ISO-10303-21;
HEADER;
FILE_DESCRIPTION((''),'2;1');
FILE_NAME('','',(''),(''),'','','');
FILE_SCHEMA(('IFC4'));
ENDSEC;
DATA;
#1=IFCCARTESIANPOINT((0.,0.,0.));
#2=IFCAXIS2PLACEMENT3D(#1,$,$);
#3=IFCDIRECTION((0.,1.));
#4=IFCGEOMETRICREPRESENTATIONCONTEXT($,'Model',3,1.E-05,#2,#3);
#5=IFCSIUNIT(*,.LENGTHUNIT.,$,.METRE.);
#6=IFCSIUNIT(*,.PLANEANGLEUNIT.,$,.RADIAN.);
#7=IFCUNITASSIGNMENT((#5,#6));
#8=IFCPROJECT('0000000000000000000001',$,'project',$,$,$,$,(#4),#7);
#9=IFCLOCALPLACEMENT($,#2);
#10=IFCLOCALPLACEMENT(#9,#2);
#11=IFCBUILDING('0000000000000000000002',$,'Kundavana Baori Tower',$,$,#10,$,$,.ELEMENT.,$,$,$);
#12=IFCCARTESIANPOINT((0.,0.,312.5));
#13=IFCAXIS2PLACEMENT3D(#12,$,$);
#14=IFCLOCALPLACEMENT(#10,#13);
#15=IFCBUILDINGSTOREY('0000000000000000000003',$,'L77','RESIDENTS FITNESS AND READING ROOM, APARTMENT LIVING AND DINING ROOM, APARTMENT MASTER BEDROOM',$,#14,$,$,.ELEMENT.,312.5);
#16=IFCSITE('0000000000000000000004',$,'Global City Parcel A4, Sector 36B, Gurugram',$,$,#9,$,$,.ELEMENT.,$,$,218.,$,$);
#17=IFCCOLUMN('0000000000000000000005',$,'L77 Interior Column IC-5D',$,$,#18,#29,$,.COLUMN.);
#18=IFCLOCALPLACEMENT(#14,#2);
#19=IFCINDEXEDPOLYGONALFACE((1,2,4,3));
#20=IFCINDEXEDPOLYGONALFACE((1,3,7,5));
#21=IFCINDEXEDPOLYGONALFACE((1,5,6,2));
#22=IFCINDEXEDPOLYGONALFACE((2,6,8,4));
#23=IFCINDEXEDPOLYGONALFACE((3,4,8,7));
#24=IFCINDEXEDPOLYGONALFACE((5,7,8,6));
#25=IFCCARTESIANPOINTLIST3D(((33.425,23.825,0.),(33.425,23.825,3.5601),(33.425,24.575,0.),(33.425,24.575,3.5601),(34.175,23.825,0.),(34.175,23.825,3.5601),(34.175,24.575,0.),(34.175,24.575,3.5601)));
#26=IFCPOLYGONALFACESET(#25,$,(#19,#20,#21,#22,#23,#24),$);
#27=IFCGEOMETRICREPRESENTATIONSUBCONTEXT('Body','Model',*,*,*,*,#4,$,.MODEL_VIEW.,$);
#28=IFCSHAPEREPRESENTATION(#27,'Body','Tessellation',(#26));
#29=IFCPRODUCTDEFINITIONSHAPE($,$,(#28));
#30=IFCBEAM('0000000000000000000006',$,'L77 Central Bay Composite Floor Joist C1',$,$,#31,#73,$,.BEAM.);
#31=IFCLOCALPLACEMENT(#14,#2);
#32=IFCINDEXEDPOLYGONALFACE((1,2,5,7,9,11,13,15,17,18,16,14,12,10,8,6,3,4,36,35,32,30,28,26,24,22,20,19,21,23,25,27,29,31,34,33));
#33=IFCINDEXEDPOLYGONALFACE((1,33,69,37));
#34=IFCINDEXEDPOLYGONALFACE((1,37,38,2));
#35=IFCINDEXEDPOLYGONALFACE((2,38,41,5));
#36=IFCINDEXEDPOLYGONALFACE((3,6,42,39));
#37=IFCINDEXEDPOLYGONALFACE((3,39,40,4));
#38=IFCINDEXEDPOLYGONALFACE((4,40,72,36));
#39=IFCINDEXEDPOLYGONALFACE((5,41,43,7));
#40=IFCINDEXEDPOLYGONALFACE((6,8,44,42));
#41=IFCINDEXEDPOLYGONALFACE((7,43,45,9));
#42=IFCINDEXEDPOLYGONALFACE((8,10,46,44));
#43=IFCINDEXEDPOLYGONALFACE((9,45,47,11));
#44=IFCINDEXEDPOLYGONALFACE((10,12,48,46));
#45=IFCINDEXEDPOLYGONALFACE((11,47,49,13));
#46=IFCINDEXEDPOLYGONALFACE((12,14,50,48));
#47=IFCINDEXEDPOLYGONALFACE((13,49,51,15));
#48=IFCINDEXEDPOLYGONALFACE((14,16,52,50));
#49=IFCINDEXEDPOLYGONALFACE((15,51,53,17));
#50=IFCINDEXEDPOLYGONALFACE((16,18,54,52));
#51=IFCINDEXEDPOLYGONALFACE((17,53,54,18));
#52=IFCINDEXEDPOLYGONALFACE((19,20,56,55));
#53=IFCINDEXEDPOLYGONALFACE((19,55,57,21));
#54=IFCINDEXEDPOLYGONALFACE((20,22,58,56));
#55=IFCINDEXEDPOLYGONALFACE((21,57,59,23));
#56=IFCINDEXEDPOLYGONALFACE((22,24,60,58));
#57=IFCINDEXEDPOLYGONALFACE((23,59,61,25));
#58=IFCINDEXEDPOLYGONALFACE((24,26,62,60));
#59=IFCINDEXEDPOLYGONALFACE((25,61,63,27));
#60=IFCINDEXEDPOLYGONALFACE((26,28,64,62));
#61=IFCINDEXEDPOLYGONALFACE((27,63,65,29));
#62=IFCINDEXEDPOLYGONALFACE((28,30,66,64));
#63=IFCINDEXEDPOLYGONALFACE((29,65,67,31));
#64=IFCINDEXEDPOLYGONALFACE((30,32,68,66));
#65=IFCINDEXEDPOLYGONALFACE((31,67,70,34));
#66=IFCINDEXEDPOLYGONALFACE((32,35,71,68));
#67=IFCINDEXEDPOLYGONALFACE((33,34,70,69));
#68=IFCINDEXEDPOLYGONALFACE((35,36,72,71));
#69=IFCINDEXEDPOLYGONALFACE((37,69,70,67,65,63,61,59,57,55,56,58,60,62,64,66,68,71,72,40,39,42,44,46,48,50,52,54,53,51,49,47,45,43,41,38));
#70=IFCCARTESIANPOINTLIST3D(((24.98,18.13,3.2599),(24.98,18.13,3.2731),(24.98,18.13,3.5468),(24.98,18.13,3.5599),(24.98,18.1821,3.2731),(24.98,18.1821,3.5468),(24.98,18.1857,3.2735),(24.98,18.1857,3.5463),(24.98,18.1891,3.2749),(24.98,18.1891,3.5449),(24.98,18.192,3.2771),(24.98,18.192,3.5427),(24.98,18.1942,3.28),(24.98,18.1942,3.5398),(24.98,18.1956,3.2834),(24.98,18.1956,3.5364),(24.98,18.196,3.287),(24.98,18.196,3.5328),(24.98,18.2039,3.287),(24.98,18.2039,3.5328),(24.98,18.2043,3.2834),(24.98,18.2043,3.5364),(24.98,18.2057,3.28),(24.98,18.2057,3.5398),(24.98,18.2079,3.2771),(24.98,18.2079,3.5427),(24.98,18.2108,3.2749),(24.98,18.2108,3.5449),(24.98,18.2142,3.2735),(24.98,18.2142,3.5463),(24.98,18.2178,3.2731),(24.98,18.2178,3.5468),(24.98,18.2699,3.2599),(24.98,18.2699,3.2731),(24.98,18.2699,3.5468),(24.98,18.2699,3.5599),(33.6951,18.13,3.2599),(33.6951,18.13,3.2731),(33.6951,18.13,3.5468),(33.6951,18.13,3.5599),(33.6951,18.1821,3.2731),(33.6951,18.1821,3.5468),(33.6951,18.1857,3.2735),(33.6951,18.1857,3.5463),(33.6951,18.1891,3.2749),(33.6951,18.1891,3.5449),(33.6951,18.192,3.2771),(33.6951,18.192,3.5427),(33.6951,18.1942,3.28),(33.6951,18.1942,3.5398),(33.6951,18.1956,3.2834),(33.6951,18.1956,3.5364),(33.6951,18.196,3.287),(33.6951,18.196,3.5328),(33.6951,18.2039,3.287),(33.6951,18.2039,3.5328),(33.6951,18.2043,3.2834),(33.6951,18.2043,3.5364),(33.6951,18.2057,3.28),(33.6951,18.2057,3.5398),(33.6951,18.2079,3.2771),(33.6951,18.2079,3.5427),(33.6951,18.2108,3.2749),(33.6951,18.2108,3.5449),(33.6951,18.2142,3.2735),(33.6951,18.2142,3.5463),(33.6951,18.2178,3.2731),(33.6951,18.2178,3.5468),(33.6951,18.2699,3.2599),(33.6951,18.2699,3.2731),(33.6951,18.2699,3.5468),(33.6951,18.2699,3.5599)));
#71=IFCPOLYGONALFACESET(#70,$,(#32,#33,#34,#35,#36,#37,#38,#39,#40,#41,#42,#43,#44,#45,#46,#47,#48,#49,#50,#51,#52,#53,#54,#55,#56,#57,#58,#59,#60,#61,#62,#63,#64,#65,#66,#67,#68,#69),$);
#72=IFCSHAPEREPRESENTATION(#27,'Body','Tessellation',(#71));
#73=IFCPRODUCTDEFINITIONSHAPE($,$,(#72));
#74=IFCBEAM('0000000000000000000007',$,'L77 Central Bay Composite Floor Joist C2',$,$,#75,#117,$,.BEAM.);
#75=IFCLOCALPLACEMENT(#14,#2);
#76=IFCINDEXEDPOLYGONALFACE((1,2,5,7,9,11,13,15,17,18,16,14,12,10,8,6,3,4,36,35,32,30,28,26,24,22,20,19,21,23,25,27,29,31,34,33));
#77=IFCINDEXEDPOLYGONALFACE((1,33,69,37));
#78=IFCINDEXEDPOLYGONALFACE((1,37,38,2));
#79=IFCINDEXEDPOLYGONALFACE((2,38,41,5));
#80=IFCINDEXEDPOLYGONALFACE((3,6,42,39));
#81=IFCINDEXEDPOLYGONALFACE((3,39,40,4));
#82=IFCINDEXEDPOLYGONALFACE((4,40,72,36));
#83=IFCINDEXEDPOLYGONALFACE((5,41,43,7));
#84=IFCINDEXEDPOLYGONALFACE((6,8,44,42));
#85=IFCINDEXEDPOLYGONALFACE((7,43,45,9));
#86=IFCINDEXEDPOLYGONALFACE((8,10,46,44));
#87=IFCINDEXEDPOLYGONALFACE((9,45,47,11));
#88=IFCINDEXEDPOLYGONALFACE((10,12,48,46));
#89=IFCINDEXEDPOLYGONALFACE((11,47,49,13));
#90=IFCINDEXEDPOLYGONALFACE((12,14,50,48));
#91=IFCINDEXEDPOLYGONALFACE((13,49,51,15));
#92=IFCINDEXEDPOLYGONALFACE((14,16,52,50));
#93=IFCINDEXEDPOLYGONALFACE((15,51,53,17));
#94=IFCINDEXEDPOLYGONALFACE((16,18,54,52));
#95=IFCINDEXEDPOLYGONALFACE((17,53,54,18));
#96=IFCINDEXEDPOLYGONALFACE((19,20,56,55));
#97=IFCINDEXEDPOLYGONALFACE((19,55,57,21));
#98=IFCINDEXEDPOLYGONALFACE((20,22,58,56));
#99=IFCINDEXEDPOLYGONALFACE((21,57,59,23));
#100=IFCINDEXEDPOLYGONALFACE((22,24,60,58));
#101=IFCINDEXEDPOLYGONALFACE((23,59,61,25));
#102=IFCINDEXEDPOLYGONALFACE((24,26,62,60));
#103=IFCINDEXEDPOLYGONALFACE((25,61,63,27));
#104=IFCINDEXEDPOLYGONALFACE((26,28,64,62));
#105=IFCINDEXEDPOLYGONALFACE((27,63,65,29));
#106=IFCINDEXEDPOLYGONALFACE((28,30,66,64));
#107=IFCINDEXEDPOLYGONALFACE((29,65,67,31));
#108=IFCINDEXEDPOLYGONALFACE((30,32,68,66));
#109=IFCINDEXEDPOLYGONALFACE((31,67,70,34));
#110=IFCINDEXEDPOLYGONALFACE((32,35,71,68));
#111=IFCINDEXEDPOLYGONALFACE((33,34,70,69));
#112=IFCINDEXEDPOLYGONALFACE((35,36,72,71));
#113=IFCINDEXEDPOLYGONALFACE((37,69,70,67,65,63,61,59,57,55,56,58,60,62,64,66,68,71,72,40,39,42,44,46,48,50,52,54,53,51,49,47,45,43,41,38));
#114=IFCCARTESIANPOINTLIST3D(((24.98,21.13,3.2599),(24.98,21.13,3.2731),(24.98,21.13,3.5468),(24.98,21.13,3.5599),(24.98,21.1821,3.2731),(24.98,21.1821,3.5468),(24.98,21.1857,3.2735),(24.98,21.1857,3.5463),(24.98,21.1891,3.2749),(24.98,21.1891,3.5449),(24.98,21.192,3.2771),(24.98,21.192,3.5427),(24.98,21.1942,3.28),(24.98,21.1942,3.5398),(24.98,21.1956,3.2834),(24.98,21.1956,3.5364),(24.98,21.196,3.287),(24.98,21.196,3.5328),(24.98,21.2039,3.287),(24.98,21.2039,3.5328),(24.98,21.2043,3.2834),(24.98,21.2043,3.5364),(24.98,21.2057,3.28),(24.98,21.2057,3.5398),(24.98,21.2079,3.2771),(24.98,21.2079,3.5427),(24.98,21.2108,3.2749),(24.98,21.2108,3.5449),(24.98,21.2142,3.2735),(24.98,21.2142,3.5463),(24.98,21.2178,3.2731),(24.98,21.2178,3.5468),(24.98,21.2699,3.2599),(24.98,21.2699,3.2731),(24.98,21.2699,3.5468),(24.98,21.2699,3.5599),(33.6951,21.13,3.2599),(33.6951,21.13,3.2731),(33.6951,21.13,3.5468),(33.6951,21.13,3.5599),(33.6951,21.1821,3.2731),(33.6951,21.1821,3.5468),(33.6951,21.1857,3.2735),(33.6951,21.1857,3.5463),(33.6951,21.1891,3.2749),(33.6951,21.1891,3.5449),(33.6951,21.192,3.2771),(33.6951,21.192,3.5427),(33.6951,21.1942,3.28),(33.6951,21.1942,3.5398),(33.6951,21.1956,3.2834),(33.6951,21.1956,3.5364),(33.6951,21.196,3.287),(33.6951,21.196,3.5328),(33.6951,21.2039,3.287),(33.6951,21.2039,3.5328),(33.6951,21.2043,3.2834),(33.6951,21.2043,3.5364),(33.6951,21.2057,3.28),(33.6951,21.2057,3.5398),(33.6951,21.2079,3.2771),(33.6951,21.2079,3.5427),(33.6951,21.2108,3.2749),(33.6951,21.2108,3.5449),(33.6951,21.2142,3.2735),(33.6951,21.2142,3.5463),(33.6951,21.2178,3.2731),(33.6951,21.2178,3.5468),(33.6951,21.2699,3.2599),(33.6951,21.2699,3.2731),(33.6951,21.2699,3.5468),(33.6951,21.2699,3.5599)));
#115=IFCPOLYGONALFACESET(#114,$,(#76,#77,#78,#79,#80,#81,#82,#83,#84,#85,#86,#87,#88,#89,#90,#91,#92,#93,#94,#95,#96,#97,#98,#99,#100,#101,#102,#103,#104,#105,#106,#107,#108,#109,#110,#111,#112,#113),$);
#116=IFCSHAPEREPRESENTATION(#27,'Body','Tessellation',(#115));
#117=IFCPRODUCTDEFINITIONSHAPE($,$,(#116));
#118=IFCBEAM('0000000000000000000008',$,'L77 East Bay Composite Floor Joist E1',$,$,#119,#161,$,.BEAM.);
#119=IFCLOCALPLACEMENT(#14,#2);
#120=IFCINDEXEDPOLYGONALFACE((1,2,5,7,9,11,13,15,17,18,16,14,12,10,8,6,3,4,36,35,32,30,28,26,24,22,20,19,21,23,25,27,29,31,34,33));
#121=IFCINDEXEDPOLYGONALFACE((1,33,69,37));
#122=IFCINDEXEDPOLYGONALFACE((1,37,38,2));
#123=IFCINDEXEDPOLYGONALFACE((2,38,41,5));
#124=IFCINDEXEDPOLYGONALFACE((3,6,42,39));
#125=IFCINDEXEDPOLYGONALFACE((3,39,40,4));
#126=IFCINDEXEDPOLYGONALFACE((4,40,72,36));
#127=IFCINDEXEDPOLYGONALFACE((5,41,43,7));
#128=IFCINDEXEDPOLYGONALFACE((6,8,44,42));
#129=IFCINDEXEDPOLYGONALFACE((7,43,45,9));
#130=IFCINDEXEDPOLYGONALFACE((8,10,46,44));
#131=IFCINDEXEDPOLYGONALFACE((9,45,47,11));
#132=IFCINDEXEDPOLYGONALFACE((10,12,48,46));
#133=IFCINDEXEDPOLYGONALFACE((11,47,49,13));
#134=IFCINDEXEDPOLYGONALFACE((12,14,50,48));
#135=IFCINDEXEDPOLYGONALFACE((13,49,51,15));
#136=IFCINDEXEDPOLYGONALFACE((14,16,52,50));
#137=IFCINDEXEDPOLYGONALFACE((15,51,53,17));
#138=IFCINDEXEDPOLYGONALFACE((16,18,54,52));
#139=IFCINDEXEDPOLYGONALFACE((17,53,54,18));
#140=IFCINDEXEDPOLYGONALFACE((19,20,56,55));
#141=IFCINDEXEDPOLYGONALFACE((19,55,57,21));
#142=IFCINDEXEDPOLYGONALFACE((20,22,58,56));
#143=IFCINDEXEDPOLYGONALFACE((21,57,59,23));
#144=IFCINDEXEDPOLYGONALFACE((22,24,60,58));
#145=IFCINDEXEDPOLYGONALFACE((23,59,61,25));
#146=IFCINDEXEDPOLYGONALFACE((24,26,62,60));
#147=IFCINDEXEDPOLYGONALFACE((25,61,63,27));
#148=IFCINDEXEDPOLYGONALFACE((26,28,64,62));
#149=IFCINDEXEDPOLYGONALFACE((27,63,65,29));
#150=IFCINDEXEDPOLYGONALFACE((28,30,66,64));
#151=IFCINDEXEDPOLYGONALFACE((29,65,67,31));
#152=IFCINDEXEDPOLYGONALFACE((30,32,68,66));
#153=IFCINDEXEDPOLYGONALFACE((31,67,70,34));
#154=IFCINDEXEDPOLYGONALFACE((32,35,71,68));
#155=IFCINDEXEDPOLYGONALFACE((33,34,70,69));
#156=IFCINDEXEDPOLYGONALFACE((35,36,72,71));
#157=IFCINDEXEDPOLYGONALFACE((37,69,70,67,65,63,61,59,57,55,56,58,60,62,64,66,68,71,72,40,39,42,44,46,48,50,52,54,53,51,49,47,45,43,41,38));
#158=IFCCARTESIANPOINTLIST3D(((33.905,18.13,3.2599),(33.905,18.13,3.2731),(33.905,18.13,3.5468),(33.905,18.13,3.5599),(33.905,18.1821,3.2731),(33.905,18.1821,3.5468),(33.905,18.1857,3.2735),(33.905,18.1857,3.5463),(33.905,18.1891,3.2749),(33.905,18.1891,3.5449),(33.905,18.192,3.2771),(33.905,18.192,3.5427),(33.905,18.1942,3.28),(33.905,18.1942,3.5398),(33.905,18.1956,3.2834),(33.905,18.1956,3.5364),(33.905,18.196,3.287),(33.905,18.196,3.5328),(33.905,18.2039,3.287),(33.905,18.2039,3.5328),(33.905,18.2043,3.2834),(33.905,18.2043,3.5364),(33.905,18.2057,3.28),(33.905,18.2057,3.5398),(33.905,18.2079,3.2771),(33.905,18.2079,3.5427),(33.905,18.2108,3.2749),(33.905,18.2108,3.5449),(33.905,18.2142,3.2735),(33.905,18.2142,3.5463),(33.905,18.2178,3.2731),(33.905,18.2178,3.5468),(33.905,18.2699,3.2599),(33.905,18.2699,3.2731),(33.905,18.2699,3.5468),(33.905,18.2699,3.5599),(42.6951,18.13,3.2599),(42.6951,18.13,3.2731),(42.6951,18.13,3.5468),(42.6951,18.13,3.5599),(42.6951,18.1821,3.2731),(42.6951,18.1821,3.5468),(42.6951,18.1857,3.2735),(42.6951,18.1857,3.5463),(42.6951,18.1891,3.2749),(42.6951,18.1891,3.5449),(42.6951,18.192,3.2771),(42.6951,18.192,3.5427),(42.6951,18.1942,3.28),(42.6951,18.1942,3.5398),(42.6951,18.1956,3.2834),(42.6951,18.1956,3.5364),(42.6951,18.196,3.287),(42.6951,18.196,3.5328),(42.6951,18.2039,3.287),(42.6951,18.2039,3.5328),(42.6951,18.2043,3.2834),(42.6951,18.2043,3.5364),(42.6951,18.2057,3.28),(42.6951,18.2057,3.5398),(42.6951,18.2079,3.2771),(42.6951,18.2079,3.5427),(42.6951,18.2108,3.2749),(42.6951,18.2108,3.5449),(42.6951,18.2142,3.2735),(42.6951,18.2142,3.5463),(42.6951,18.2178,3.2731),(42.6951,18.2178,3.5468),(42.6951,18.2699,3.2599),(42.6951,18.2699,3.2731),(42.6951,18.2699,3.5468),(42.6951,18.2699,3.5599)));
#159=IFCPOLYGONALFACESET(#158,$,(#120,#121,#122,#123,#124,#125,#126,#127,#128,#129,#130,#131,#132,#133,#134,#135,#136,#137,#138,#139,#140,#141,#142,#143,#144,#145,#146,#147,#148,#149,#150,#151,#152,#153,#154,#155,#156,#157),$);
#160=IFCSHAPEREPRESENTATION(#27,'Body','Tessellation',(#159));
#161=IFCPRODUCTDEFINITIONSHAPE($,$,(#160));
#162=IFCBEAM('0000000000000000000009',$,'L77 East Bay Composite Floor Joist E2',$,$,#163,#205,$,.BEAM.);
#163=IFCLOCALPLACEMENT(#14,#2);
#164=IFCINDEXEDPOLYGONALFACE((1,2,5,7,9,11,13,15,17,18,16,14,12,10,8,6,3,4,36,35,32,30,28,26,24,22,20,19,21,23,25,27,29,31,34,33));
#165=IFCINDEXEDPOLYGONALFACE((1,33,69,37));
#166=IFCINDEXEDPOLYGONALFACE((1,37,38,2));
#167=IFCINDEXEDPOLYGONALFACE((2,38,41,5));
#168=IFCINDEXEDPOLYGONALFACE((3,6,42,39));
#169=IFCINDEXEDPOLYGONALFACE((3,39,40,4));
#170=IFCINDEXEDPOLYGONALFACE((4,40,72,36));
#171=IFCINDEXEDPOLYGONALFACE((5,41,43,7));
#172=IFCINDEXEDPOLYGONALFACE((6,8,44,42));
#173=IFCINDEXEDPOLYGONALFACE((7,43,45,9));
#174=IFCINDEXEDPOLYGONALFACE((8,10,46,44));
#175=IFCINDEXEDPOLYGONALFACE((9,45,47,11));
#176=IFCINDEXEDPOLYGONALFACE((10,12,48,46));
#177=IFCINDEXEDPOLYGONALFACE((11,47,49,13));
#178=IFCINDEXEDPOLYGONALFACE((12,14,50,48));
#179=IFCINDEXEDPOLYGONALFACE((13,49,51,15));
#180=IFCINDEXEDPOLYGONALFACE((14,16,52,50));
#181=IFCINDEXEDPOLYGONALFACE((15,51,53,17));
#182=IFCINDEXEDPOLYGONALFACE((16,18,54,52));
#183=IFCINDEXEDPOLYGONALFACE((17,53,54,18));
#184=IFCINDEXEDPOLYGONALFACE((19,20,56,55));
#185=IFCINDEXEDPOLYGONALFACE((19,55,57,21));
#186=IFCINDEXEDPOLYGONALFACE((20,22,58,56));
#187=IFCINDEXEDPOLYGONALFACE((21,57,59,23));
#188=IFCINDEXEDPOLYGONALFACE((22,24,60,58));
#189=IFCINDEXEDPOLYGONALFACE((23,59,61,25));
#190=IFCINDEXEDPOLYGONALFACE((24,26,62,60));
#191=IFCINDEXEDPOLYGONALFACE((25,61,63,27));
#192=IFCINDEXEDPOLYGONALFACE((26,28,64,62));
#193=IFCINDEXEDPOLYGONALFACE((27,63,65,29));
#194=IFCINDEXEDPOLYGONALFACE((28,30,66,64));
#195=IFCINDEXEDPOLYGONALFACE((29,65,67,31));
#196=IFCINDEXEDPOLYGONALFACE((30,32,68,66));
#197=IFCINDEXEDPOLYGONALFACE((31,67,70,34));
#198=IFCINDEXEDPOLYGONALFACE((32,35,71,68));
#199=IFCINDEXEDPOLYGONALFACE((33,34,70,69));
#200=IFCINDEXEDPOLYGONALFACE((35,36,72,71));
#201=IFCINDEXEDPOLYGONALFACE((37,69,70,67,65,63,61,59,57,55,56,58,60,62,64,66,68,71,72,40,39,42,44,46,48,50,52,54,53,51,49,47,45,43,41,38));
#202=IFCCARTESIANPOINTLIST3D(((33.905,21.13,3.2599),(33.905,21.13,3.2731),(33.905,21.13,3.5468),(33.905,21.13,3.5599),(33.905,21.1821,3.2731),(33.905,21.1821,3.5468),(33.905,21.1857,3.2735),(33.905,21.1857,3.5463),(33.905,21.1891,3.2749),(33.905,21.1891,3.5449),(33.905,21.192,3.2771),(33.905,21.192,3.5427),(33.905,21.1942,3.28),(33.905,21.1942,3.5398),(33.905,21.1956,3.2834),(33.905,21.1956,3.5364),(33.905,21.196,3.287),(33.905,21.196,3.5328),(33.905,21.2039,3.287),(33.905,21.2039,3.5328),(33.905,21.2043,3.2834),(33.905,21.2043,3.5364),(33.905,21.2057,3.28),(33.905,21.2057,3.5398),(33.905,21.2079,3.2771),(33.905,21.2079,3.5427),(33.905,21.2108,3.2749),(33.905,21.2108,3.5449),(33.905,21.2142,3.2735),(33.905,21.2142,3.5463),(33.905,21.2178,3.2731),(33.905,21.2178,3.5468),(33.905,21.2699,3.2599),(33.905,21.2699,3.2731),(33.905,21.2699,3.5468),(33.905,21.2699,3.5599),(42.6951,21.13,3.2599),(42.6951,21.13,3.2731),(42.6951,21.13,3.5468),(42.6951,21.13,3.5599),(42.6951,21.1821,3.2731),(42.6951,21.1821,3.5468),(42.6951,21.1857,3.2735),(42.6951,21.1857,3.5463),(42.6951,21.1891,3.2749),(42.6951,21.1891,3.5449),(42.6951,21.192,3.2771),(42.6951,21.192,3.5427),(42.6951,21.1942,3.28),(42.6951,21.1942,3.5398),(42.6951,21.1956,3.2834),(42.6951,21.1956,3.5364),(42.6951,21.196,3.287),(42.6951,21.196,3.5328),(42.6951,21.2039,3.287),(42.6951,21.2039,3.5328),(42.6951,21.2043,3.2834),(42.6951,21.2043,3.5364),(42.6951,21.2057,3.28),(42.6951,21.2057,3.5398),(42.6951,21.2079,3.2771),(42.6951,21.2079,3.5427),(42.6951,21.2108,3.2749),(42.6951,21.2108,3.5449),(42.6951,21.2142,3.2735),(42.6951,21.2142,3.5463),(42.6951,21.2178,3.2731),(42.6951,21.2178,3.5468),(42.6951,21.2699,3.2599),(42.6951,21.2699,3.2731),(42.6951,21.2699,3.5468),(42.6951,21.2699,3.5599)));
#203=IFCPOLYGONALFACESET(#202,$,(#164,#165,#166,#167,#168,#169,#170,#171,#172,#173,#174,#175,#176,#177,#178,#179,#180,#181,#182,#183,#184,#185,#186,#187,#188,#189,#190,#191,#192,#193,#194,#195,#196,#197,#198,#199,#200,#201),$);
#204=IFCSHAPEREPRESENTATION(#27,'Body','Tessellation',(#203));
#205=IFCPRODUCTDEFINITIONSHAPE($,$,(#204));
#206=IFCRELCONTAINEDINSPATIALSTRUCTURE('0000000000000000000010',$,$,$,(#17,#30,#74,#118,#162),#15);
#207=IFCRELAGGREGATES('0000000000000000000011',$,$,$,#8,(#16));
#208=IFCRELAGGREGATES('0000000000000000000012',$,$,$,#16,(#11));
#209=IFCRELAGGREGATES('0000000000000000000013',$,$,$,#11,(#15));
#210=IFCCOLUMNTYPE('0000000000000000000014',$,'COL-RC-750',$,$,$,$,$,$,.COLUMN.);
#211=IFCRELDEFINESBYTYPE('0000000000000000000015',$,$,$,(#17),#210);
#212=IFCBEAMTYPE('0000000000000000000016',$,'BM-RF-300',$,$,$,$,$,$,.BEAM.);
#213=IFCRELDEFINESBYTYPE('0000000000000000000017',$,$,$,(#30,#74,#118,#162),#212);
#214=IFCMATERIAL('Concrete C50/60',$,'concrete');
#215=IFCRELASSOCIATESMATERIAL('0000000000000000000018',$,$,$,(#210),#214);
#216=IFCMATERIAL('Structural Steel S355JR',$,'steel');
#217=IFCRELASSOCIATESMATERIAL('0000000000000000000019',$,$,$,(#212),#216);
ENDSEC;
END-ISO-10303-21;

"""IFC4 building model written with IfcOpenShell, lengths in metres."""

from ifc_helpers import new_model, si_unit, direction, frame, origin, origin_2d, place, context, subcontext, project, spatial, rectangle, i_section, extrude, material, material_profile, profile_set, type_object, element, save


model = new_model("IFC4")

# Units and contexts
model_context = context("Model", 3, precision=1e-05, world=origin(), true_north=direction((0.0, 1.0)))
body_context = subcontext(model_context, "Body", "Model", "MODEL_VIEW")
ifc_project = project(units=[si_unit("LENGTHUNIT", "METRE"), si_unit("PLANEANGLEUNIT", "RADIAN")], contexts=[model_context])

# Site, building, storey
site_placement = place(None, origin())
site = spatial("IfcSite", under=ifc_project, at=site_placement, Name="Global City Parcel A4, Sector 36B, Gurugram", CompositionType="ELEMENT", RefElevation=218.0)
building_placement = place(site_placement, origin())
building = spatial("IfcBuilding", under=site, at=building_placement, Name="Kundavana Baori Tower", CompositionType="ELEMENT")
storey_placement = place(building_placement, frame((0.0, 0.0, 312.5)))
storey = spatial("IfcBuildingStorey", under=building, at=storey_placement, Name="L77", Description="RESIDENTS FITNESS AND READING ROOM, APARTMENT LIVING AND DINING ROOM, APARTMENT MASTER BEDROOM", CompositionType="ELEMENT", Elevation=312.5)

# Column
ifc_material_1 = material(Name="Concrete C50/60", Category="concrete")
ifc_material_profile_1 = material_profile(ifc_material_1, rectangle(XDim=0.75, YDim=0.75, at=origin_2d()), Name="RC 750x750")
ifc_profile_set_1 = profile_set([ifc_material_profile_1], Name="Concrete C50/60")
column_type = type_object("IfcColumnType", Name="COL-RC-750", PredefinedType="COLUMN", material=ifc_profile_set_1)
column_placement = place(storey_placement, frame((33.8, 24.2, 0.0), z_axis=(0.0, 0.0, 1.0), x_axis=(1.0, 0.0, 0.0)))
element("IfcColumn", 1, at=column_placement, inside=storey, type_object=column_type, Name="L77 Interior Column IC-5D", PredefinedType="COLUMN", context=body_context, shape_type="SweptSolid", body=[
    extrude(rectangle(XDim=0.75, YDim=0.75, at=origin_2d()), origin(), (0.0, 0.0, 1.0), 3.5601),
])

# Beams
ifc_material_2 = material(Name="Structural Steel S355JR", Category="steel")
ifc_material_profile_2 = material_profile(ifc_material_2, i_section(OverallWidth=0.1399, OverallDepth=0.3, WebThickness=0.0078, FlangeThickness=0.0132, FilletRadius=0.0139, at=origin_2d()), Name="ISMB 300")
ifc_profile_set_2 = profile_set([ifc_material_profile_2], Name="Structural Steel S355JR")
beam_type_1 = type_object("IfcBeamType", Name="BM-RF-300", PredefinedType="BEAM", material=ifc_profile_set_2)
for number, where, z_axis, x_axis, name in (
    (2, (24.98, 18.2, 3.4099), (1.0, 0.0, 0.0), (0.0, 1.0, 0.0), "L77 Central Bay Composite Floor Joist C1"),
    (3, (24.98, 21.2, 3.4099), (1.0, 0.0, 0.0), (0.0, 1.0, 0.0), "L77 Central Bay Composite Floor Joist C2"),
):
    element("IfcBeam", number, at=place(storey_placement, frame(where, z_axis=z_axis, x_axis=x_axis)), inside=storey, type_object=beam_type_1, Name=name, PredefinedType="BEAM", context=body_context, shape_type="SweptSolid", body=[
        extrude(i_section(OverallWidth=0.1399, OverallDepth=0.3, WebThickness=0.0078, FlangeThickness=0.0132, FilletRadius=0.0139, at=origin_2d()), origin(), (0.0, 0.0, 1.0), 8.7151),
    ])
for number, where, z_axis, x_axis, name in (
    (4, (33.905, 18.2, 3.4099), (1.0, 0.0, 0.0), (0.0, 1.0, 0.0), "L77 East Bay Composite Floor Joist E1"),
    (5, (33.905, 21.2, 3.4099), (1.0, 0.0, 0.0), (0.0, 1.0, 0.0), "L77 East Bay Composite Floor Joist E2"),
):
    element("IfcBeam", number, at=place(storey_placement, frame(where, z_axis=z_axis, x_axis=x_axis)), inside=storey, type_object=beam_type_1, Name=name, PredefinedType="BEAM", context=body_context, shape_type="SweptSolid", body=[
        extrude(i_section(OverallWidth=0.1399, OverallDepth=0.3, WebThickness=0.0078, FlangeThickness=0.0132, FilletRadius=0.0139, at=origin_2d()), origin(), (0.0, 0.0, 1.0), 8.79),
    ])

save(model, "model.ifc")
